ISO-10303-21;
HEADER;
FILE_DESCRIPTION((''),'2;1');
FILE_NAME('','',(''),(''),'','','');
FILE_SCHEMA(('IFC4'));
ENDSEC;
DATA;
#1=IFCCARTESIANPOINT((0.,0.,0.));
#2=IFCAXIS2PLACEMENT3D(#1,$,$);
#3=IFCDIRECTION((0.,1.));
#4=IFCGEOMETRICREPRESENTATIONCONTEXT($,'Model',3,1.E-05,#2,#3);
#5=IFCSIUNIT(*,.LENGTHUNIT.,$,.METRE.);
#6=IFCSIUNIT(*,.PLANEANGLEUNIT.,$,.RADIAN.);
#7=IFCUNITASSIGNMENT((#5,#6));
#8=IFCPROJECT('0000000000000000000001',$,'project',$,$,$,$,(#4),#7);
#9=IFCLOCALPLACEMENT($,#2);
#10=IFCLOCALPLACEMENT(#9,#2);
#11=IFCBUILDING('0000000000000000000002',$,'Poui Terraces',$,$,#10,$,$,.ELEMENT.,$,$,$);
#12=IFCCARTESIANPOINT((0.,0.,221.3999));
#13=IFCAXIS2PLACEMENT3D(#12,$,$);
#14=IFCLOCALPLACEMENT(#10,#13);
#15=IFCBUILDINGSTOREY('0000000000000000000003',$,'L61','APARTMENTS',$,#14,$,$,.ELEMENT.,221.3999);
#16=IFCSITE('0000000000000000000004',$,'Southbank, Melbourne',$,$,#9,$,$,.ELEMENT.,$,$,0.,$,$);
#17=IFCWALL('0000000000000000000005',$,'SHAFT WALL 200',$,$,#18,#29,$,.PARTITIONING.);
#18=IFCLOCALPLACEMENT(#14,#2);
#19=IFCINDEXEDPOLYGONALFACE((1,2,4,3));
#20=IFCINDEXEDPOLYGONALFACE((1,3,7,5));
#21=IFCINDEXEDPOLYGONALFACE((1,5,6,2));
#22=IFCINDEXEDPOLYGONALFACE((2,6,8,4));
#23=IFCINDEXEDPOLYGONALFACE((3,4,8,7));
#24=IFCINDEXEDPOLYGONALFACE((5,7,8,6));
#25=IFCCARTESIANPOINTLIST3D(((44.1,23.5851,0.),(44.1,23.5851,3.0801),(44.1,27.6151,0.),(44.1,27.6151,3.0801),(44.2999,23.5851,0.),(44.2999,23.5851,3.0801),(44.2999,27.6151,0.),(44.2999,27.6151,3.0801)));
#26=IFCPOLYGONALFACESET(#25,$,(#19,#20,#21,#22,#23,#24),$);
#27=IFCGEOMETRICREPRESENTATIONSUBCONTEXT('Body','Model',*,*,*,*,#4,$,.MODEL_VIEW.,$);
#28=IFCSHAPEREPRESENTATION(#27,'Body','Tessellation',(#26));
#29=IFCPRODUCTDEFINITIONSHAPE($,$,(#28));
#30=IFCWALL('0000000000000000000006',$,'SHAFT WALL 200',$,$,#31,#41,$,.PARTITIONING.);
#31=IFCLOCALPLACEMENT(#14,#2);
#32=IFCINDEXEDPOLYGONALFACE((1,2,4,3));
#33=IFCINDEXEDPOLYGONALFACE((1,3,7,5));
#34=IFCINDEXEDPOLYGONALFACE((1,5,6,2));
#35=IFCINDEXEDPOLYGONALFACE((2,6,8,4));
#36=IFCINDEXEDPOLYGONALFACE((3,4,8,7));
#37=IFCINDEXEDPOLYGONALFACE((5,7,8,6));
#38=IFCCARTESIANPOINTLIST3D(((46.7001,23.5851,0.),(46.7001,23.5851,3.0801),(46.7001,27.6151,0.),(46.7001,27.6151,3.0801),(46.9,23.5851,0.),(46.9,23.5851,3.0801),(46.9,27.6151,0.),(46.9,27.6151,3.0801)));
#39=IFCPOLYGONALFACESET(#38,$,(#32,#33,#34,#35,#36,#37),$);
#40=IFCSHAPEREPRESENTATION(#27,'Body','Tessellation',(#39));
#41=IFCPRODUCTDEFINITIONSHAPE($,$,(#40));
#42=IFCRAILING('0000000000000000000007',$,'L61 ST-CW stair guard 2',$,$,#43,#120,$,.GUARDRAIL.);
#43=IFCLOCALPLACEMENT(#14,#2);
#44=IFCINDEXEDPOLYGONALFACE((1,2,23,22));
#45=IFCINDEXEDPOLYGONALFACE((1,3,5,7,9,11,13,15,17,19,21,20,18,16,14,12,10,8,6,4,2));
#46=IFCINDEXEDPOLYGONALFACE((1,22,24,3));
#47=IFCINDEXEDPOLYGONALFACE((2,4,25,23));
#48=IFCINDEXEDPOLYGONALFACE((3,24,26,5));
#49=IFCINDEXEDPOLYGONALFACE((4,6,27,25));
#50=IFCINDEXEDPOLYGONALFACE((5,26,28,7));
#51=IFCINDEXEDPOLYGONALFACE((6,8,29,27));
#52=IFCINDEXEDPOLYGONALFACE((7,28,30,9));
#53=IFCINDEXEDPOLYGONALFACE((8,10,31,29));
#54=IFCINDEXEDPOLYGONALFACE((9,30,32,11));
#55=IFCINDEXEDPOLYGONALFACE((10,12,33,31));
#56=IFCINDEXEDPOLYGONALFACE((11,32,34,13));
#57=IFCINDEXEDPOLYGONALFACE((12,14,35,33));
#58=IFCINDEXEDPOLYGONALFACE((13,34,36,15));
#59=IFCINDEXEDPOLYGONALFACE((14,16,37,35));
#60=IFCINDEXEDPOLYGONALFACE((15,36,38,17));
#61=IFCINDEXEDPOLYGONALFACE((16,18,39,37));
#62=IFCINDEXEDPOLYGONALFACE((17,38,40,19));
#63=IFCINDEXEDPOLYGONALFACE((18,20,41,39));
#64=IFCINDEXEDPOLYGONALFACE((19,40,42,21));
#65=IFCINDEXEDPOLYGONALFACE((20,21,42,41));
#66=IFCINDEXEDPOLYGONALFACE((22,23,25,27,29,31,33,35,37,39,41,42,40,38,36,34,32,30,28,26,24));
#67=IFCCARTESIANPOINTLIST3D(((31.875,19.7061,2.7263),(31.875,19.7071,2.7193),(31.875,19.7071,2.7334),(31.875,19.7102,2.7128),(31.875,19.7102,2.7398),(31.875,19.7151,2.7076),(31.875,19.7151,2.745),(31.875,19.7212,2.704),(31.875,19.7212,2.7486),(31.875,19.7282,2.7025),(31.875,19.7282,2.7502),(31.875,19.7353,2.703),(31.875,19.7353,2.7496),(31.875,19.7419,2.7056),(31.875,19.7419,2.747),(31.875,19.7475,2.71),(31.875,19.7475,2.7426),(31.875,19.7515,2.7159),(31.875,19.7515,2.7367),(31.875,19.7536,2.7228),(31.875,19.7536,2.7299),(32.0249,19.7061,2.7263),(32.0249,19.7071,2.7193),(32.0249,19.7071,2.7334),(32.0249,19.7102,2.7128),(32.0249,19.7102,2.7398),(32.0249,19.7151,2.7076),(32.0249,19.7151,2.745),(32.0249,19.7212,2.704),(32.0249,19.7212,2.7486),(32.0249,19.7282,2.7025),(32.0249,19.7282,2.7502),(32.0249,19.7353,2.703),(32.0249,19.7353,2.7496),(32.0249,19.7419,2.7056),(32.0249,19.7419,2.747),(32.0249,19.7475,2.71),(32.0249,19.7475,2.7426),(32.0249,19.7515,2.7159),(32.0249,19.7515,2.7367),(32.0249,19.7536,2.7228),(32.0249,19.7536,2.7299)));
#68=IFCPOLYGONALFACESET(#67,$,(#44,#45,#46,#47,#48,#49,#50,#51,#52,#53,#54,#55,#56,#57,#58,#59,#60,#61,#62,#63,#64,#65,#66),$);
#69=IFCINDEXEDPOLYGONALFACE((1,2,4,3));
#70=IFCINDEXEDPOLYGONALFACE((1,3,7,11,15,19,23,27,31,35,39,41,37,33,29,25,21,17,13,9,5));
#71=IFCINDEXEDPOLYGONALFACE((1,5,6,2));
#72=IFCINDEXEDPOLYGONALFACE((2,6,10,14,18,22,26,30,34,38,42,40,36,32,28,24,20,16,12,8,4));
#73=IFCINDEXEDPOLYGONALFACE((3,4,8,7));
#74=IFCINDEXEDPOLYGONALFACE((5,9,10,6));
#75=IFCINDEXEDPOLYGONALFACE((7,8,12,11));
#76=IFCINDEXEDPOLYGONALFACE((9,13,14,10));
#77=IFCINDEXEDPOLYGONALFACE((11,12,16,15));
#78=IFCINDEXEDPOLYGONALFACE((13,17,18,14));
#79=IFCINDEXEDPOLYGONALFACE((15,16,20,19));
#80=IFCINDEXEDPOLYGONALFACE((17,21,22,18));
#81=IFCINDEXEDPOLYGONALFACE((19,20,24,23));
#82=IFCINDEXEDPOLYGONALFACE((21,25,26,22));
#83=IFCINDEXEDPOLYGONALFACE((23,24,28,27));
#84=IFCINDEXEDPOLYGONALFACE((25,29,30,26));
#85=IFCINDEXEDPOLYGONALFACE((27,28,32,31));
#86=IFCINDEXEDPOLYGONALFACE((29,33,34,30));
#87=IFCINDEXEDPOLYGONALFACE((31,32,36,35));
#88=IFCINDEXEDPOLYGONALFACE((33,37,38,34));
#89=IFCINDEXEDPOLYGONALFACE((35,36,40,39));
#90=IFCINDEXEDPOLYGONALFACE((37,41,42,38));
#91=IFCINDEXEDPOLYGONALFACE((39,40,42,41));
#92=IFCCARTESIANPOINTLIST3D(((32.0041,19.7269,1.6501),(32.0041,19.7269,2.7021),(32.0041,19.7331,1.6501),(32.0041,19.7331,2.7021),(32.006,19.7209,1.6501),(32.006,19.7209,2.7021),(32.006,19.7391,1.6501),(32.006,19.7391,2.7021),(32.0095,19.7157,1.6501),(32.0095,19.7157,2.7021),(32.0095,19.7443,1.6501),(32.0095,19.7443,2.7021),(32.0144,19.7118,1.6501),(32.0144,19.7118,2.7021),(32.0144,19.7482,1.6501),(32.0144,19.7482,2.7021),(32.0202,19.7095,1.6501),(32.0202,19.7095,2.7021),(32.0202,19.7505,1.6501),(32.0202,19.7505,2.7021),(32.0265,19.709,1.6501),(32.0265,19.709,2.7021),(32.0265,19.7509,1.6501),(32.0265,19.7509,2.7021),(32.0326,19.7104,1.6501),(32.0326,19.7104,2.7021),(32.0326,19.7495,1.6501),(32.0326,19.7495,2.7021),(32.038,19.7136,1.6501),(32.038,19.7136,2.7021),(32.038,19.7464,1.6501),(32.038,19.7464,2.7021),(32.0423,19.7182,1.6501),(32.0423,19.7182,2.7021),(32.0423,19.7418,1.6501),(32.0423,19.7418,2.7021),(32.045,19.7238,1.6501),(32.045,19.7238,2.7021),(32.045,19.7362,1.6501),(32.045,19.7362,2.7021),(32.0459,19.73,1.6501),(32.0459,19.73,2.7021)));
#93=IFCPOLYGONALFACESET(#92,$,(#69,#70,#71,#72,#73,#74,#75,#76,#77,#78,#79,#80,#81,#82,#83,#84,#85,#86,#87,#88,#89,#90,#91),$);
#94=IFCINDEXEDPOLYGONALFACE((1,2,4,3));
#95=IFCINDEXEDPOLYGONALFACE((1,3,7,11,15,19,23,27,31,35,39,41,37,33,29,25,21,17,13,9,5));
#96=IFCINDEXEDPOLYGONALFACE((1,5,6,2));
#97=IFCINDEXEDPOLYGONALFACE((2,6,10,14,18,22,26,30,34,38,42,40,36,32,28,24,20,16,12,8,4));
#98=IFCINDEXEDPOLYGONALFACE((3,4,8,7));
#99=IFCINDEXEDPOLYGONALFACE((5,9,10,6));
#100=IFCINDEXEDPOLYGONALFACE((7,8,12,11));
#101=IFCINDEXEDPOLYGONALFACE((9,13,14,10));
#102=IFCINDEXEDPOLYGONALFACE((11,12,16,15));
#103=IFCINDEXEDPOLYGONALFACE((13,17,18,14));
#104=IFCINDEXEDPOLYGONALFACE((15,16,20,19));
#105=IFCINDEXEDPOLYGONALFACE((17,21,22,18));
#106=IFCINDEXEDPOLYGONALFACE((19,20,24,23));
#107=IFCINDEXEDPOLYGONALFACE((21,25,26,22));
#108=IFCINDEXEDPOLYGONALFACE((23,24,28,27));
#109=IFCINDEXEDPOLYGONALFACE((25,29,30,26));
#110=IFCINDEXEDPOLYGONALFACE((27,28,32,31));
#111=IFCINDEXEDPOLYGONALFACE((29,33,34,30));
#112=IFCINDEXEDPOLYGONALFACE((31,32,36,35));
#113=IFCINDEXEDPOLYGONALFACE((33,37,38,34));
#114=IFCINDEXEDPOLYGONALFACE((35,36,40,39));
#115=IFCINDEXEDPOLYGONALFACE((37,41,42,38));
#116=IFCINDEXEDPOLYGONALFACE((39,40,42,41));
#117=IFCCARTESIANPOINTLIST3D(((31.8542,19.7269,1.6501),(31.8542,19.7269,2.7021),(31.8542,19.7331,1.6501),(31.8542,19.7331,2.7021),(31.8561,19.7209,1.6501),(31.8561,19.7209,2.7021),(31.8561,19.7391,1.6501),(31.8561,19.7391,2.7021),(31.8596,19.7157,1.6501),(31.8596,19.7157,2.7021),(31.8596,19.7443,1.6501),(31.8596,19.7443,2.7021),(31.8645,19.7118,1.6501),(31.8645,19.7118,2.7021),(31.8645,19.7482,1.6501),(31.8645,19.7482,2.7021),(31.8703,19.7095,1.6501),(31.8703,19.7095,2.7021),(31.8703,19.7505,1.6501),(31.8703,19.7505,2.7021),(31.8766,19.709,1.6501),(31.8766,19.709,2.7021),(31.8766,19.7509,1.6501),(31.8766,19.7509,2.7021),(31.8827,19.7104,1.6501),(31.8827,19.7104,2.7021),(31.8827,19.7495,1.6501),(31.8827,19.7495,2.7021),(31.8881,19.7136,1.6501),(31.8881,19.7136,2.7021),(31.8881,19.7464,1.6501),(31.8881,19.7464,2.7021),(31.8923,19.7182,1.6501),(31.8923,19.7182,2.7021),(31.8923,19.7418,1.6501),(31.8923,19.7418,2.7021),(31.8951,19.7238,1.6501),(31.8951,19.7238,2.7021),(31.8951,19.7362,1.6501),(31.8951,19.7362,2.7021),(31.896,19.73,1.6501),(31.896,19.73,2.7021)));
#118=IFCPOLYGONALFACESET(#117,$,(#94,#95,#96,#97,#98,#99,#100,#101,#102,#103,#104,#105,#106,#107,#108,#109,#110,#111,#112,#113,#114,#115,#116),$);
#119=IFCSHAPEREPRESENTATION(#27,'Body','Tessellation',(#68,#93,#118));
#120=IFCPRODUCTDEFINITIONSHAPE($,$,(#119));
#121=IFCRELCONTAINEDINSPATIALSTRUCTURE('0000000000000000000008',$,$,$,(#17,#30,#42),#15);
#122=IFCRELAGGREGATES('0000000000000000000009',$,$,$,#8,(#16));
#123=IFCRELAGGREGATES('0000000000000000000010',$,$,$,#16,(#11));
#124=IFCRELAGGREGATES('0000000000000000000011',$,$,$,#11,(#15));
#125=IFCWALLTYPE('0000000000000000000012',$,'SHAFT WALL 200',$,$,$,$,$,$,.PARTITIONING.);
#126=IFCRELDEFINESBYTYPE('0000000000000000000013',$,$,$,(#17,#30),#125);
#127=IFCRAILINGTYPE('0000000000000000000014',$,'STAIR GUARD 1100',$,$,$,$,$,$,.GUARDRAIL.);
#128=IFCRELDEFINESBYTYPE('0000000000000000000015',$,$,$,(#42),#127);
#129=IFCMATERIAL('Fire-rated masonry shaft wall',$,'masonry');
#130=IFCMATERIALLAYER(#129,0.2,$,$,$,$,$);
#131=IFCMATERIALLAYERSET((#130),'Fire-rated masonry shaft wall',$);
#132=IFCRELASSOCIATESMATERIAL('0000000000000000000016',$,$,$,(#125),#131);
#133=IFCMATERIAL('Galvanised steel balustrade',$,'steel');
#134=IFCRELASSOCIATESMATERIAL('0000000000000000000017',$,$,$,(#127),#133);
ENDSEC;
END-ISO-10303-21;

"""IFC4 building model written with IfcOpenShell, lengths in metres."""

from ifc_helpers import new_model, si_unit, direction, frame, frame_2d, origin, origin_2d, place, context, subcontext, project, spatial, rectangle, circle, extrude, material, layer, layer_set, type_object, element, save


model = new_model("IFC4")

# Units and contexts
model_context = context("Model", 3, precision=1e-05, world=origin(), true_north=direction((0.0, 1.0)))
body_context = subcontext(model_context, "Body", "Model", "MODEL_VIEW")
ifc_project = project(units=[si_unit("LENGTHUNIT", "METRE"), si_unit("PLANEANGLEUNIT", "RADIAN")], contexts=[model_context])

# Site, building, storey
site_placement = place(None, origin())
site = spatial("IfcSite", under=ifc_project, at=site_placement, Name="Southbank, Melbourne", CompositionType="ELEMENT", RefElevation=0.0)
building_placement = place(site_placement, origin())
building = spatial("IfcBuilding", under=site, at=building_placement, Name="Poui Terraces", CompositionType="ELEMENT")
storey_placement = place(building_placement, frame((0.0, 0.0, 221.3999)))
storey = spatial("IfcBuildingStorey", under=building, at=storey_placement, Name="L61", Description="APARTMENTS", CompositionType="ELEMENT", Elevation=221.3999)

# Walls
ifc_material_1 = material(Name="Fire-rated masonry shaft wall", Category="masonry")
ifc_layer_1 = layer(ifc_material_1, 0.2)
ifc_layer_set_1 = layer_set([ifc_layer_1], Name="Fire-rated masonry shaft wall")
wall_type_1 = type_object("IfcWallType", Name="SHAFT WALL 200", PredefinedType="PARTITIONING", material=ifc_layer_set_1)
for number, where, z_axis, x_axis, name in (
    (1, (44.2, 23.585, 0.0), (0.0, 0.0, 1.0), (0.0, 1.0, 0.0), "SHAFT WALL 200"),
    (2, (46.8, 23.585, 0.0), (0.0, 0.0, 1.0), (0.0, 1.0, 0.0), "SHAFT WALL 200"),
):
    element("IfcWall", number, at=place(storey_placement, frame(where, z_axis=z_axis, x_axis=x_axis)), inside=storey, type_object=wall_type_1, Name=name, PredefinedType="PARTITIONING", context=body_context, shape_type="SweptSolid", body=[
        extrude(rectangle(XDim=4.03, YDim=0.2, at=frame_2d((2.0151, 0.0))), origin(), (0.0, 0.0, 1.0), 3.0801),
    ])

# Railing
ifc_material_2 = material(Name="Galvanised steel balustrade", Category="steel")
railing_type = type_object("IfcRailingType", Name="STAIR GUARD 1100", PredefinedType="GUARDRAIL", material=ifc_material_2)
railing_placement = place(storey_placement, frame((32.0249, 19.73, 1.6501)))
element("IfcRailing", 3, at=railing_placement, inside=storey, type_object=railing_type, Name="L61 ST-CW stair guard 2", PredefinedType="GUARDRAIL", context=body_context, shape_type="SweptSolid", body=[
    extrude(circle(Radius=0.0239, at=origin_2d()), frame((0.0, 0.0, 1.0762), z_axis=(-1.0, 0.0, 0.0), x_axis=(0.0, -1.0, 0.0)), (0.0, 0.0, 1.0), 0.1499),
    extrude(circle(Radius=0.021, at=origin_2d()), origin(), (0.0, 0.0, 1.0), 1.052),
    extrude(circle(Radius=0.021, at=origin_2d()), frame((-0.1499, 0.0, 0.0)), (0.0, 0.0, 1.0), 1.052),
])

save(model, "model.ifc")
